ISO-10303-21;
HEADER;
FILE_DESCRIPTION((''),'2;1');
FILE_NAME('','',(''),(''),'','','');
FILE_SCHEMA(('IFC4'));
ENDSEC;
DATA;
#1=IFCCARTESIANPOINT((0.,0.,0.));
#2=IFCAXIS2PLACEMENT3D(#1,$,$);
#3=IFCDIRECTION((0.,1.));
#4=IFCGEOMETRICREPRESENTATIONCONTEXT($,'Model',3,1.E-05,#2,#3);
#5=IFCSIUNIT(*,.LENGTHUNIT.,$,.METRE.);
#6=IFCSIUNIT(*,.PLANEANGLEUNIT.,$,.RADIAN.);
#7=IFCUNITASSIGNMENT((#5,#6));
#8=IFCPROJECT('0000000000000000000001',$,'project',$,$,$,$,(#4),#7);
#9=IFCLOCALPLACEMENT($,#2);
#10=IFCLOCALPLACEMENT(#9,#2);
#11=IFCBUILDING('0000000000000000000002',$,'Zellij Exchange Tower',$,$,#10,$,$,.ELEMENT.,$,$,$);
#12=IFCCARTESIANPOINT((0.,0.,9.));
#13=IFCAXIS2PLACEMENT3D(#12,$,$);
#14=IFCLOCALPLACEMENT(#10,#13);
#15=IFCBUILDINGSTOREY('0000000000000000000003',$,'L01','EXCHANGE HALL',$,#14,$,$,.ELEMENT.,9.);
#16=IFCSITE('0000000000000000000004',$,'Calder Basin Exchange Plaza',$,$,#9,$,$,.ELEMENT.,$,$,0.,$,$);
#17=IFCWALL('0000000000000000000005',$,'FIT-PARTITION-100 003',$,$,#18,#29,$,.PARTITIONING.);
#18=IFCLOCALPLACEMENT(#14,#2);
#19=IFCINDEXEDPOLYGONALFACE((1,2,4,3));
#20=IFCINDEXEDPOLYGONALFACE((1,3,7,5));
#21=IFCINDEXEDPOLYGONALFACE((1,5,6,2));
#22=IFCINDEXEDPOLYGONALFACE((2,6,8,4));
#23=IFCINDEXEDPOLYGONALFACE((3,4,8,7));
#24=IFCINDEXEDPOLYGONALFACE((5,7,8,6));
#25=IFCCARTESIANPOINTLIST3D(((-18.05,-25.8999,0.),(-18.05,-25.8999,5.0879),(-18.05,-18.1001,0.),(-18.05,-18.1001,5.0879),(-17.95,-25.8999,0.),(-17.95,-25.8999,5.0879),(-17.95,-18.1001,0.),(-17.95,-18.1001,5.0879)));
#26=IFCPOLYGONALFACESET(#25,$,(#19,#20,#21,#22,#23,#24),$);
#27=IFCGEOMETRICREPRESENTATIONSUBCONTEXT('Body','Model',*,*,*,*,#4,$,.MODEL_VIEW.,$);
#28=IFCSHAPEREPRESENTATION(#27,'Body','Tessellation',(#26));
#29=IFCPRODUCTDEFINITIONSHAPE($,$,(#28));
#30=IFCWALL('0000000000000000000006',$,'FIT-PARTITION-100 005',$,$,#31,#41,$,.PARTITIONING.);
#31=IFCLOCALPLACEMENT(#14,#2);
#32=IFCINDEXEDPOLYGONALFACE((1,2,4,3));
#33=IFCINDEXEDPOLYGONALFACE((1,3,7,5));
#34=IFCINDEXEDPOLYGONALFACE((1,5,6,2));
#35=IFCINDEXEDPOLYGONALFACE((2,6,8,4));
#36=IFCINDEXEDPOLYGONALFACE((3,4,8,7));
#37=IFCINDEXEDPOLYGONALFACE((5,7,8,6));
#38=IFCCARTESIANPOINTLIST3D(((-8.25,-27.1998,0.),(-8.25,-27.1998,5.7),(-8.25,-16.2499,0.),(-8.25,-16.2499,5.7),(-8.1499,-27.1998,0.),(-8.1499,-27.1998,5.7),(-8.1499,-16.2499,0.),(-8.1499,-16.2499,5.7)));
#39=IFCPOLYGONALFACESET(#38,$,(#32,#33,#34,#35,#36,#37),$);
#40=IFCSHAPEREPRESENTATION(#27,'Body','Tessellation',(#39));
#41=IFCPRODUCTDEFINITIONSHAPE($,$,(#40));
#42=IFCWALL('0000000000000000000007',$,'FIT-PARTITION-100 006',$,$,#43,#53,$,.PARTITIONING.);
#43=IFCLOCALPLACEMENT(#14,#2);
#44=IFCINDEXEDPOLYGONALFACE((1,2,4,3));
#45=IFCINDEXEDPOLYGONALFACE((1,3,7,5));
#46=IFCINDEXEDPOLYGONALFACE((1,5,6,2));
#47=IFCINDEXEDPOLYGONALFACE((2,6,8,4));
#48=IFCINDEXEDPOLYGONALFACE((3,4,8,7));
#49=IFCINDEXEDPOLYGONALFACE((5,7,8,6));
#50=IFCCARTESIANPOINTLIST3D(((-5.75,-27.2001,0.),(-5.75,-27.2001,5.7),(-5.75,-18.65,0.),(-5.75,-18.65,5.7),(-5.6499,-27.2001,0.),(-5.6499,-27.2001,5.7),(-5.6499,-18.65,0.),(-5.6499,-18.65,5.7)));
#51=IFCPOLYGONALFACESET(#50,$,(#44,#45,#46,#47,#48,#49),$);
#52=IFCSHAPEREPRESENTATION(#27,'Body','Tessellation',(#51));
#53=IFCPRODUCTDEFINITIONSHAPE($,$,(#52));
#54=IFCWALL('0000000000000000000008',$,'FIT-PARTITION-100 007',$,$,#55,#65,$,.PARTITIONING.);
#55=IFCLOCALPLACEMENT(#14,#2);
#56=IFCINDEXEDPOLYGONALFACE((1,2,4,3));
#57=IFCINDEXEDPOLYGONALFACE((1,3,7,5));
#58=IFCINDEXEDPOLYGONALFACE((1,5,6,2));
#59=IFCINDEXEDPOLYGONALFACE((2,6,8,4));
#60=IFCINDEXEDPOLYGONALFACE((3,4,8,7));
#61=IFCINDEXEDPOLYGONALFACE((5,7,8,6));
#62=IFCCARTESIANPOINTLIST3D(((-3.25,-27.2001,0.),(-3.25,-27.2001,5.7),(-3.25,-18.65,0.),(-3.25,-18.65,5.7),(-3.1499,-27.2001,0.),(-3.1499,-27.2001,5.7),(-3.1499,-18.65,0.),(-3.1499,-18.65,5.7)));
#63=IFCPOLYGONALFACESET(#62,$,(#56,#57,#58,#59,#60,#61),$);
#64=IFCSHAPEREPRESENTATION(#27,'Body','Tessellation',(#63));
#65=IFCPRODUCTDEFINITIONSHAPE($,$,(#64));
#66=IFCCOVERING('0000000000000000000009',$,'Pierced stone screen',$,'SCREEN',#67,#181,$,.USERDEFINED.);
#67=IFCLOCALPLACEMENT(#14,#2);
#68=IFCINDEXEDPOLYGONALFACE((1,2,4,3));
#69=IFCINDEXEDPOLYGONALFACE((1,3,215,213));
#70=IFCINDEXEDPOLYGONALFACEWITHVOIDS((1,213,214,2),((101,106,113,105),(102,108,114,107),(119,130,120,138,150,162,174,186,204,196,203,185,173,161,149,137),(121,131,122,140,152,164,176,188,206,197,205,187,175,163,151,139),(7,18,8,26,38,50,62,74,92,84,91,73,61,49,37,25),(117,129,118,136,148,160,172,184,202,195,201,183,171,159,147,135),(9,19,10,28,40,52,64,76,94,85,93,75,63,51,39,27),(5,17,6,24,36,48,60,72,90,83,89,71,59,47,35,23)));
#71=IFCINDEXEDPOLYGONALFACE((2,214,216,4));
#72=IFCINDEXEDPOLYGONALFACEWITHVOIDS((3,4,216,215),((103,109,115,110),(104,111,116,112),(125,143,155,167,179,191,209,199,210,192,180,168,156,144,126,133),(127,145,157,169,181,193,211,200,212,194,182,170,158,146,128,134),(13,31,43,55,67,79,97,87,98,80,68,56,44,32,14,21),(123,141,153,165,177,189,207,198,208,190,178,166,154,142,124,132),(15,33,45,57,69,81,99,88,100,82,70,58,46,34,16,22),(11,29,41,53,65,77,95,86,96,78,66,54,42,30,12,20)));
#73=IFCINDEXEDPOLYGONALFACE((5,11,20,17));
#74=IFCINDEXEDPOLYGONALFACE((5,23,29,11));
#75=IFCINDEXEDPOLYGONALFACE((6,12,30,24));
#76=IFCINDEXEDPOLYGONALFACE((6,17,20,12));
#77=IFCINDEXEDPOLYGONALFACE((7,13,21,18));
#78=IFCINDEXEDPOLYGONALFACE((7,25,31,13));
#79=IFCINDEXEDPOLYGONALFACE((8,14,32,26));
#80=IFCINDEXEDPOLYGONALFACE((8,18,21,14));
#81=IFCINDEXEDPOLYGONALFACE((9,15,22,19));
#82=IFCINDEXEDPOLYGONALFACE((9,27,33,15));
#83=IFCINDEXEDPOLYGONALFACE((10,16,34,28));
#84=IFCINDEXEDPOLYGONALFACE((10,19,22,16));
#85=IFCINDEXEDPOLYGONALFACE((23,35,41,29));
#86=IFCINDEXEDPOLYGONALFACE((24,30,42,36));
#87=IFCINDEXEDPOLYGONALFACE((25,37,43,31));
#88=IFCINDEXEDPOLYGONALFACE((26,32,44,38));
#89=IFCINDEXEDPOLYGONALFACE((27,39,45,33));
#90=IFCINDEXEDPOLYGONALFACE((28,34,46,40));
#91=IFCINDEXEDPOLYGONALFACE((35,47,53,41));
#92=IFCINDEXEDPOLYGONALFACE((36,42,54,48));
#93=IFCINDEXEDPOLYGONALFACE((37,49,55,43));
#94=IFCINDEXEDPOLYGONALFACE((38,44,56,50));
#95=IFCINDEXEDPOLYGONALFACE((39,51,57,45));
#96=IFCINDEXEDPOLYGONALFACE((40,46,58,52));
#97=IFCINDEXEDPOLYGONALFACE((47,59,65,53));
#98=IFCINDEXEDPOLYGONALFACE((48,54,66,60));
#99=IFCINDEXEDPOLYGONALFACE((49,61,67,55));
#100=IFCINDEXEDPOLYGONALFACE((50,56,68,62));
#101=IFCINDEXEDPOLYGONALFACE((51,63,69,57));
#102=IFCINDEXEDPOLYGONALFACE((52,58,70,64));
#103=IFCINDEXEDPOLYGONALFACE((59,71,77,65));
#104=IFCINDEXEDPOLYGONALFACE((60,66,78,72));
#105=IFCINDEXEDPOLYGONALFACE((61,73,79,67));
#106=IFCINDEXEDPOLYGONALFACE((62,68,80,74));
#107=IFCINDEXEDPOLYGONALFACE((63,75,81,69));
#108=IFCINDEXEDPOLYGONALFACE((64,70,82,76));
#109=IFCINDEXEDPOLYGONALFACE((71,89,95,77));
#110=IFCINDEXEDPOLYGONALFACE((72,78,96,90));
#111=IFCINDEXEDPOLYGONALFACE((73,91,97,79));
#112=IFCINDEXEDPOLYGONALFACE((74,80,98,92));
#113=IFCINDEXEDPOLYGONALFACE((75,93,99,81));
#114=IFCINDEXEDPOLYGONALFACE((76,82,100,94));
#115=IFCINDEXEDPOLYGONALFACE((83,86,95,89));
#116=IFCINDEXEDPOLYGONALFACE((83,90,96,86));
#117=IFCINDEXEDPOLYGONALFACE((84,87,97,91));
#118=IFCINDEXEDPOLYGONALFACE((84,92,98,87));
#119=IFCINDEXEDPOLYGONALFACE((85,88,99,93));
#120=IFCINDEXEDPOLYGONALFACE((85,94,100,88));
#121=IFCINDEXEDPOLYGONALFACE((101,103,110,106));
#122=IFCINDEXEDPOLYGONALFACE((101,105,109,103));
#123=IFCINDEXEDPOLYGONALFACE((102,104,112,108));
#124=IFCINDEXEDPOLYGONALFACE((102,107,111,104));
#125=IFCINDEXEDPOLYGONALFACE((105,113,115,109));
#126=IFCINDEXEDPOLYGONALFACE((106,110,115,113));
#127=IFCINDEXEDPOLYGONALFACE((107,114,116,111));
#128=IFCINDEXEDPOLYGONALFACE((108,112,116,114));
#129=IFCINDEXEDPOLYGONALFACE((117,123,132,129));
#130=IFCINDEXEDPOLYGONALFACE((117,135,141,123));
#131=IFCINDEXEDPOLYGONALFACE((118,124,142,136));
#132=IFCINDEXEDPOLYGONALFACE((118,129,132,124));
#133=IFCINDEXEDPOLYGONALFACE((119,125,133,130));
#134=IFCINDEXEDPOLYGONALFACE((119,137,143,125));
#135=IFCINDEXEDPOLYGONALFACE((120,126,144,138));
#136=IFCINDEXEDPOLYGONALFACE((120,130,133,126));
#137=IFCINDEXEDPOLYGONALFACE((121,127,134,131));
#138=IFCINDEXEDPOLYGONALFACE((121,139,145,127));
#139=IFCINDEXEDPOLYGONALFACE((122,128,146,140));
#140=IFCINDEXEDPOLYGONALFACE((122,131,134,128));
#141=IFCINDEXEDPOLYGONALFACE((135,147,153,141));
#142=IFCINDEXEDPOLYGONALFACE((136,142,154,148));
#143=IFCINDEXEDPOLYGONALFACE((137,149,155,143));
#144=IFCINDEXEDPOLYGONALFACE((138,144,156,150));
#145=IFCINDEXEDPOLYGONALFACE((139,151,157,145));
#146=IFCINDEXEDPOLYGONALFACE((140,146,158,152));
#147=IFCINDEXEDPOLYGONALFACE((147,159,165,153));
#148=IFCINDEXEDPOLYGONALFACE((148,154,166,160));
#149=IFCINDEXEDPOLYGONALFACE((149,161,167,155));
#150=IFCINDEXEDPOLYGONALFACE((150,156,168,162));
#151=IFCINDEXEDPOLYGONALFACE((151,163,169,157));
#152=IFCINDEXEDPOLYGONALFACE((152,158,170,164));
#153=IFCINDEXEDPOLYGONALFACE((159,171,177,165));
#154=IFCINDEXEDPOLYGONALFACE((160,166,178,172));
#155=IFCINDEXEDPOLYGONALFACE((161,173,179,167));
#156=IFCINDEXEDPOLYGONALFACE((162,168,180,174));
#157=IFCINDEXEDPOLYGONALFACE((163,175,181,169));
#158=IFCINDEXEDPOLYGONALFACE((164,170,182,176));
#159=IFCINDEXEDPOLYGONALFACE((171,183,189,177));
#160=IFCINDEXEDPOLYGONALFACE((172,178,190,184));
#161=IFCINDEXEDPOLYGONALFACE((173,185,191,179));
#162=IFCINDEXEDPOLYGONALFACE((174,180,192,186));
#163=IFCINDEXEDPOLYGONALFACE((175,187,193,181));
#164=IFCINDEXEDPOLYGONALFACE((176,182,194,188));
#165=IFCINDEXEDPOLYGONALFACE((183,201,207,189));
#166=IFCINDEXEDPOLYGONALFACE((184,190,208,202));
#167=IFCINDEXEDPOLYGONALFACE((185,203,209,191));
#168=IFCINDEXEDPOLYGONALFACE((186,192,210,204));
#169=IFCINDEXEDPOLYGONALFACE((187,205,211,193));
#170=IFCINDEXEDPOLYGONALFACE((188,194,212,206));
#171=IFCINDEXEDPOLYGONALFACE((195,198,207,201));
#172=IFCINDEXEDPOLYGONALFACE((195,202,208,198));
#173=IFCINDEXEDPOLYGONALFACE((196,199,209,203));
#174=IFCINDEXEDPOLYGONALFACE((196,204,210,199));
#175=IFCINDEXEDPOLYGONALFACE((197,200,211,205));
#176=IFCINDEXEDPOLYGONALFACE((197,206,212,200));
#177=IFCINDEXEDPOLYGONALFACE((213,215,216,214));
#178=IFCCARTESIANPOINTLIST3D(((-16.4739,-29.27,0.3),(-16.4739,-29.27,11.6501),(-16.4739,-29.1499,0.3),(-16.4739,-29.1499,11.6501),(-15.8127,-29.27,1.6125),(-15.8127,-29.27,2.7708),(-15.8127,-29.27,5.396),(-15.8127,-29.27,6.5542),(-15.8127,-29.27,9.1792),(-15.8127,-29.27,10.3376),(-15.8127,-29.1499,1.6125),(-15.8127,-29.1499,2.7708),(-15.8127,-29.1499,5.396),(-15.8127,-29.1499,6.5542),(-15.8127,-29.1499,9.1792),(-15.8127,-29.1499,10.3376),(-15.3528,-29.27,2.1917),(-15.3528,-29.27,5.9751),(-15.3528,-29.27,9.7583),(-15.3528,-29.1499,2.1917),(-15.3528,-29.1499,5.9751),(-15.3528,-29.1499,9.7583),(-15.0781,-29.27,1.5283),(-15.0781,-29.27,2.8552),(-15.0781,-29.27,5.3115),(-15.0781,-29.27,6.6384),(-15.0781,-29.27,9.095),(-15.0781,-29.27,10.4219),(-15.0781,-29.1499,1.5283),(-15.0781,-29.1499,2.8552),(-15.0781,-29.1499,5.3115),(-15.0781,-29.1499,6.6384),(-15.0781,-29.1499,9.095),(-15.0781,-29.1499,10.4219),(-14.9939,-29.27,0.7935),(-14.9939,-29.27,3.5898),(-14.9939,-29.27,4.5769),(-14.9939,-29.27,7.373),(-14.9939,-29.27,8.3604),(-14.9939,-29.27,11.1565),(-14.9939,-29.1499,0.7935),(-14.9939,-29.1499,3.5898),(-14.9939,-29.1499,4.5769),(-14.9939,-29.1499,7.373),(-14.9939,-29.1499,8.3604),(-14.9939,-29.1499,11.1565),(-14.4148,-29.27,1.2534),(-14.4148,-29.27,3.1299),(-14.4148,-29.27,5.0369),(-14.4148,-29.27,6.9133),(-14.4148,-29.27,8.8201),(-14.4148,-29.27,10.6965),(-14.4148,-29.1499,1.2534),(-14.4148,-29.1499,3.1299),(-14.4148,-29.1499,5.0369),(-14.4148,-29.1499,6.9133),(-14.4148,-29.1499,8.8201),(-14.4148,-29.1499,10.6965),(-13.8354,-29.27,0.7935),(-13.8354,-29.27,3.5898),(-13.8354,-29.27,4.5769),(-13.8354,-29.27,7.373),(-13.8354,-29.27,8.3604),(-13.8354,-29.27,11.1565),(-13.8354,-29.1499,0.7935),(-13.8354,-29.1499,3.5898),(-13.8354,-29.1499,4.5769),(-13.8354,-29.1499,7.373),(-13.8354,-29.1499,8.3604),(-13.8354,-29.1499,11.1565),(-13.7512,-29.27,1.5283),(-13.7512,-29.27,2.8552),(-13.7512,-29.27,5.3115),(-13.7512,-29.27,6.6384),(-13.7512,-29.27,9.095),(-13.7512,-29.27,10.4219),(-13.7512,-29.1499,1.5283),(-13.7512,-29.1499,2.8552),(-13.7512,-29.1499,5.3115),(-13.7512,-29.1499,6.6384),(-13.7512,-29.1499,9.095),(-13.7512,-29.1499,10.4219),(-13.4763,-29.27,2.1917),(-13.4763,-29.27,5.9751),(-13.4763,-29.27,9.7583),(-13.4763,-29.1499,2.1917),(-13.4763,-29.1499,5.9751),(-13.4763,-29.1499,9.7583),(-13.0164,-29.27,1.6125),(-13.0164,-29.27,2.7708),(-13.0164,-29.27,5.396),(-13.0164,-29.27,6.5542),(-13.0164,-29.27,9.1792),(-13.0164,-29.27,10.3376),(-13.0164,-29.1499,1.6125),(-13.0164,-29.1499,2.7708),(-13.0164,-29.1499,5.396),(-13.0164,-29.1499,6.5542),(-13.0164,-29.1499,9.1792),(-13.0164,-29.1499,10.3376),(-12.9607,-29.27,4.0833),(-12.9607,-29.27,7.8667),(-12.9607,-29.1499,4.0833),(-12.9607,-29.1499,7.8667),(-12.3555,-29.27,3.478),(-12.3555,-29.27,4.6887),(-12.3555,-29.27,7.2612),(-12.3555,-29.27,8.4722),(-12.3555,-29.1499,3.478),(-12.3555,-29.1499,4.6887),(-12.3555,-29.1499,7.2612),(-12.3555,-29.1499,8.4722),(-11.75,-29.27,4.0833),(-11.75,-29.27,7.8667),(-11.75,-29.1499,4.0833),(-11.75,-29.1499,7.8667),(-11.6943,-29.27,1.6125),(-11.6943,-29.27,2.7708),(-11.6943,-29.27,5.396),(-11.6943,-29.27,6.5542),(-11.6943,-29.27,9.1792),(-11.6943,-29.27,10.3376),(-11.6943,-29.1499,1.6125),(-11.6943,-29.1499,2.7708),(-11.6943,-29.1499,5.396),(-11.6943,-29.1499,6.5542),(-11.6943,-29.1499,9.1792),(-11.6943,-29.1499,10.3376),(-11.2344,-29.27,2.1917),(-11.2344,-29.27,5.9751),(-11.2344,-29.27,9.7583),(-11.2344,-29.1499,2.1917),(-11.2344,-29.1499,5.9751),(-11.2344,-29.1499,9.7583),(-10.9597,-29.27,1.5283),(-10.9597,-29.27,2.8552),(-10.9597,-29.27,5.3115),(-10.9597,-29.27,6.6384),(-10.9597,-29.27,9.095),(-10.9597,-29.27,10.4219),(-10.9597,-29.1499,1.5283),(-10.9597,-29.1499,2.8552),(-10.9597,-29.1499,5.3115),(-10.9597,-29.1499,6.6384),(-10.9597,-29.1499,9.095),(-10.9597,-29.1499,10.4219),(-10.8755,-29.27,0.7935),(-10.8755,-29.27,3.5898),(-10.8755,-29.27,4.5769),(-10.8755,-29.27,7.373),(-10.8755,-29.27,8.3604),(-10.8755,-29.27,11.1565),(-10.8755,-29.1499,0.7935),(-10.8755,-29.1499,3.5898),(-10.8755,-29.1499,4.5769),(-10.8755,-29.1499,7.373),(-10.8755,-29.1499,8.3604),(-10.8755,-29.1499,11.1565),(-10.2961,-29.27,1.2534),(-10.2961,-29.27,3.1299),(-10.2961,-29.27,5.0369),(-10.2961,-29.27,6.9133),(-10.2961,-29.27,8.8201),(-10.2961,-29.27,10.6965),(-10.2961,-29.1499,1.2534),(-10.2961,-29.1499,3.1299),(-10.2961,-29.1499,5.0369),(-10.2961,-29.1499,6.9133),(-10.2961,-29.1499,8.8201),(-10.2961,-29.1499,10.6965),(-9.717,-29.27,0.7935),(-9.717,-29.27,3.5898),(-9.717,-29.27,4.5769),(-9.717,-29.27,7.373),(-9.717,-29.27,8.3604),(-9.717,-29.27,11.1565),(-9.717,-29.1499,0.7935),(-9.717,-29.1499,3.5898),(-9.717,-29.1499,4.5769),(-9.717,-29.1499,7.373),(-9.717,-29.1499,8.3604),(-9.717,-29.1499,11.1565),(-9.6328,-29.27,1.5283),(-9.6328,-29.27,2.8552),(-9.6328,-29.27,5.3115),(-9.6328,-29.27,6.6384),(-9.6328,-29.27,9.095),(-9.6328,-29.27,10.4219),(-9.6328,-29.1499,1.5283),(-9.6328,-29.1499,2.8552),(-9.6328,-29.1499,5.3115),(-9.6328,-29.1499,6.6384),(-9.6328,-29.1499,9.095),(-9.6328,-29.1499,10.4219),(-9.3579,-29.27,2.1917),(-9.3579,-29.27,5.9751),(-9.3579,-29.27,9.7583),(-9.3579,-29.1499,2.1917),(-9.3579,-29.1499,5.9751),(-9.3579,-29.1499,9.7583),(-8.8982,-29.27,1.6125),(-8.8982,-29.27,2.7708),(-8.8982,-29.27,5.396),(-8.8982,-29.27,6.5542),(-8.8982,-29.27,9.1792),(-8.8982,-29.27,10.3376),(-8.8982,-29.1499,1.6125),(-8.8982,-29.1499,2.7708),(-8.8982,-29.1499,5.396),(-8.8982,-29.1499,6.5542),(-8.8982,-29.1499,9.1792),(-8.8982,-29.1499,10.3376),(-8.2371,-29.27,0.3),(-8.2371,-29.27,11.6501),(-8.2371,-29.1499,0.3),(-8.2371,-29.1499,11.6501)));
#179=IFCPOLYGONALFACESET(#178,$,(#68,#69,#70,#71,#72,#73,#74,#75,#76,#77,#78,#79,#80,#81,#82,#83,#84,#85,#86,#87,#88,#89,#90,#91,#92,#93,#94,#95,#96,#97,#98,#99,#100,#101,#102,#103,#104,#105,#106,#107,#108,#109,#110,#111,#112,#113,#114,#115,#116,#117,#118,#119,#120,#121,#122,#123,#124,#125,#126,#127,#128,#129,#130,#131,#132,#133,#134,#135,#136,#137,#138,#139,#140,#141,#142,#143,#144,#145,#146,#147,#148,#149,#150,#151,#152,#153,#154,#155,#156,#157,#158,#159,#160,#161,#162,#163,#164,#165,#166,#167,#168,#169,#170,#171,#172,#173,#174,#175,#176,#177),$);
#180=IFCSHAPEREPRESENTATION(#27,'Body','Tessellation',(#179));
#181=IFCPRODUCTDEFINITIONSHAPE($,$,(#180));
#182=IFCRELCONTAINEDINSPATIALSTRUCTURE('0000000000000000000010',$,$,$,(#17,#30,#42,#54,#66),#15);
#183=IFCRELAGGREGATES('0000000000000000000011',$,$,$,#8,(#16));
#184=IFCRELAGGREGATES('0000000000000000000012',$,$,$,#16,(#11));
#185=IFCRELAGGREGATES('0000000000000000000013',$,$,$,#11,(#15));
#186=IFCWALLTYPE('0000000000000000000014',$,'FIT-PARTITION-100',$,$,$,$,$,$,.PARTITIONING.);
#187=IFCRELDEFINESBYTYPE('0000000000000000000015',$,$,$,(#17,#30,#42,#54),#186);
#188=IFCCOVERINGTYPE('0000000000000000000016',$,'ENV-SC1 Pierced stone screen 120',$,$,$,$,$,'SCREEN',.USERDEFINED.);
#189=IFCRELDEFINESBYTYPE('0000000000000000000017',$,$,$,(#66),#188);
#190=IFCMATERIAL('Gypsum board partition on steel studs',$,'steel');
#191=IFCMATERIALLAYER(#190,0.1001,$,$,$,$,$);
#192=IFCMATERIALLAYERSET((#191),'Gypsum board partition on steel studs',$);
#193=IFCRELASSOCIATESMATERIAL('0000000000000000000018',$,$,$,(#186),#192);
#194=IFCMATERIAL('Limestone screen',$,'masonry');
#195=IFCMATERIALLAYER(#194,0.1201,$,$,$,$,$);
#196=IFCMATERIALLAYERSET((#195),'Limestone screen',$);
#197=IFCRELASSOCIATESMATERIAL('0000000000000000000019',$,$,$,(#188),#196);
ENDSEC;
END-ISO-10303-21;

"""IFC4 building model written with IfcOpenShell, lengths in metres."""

from ifc_helpers import new_model, si_unit, direction, frame, frame_2d, origin, place, context, subcontext, project, spatial, polyline, rectangle, outline, extrude, material, layer, layer_set, type_object, element, save


model = new_model("IFC4")

# Units and contexts
model_context = context("Model", 3, precision=1e-05, world=origin(), true_north=direction((0.0, 1.0)))
body_context = subcontext(model_context, "Body", "Model", "MODEL_VIEW")
ifc_project = project(units=[si_unit("LENGTHUNIT", "METRE"), si_unit("PLANEANGLEUNIT", "RADIAN")], contexts=[model_context])

# Site, building, storey
site_placement = place(None, origin())
site = spatial("IfcSite", under=ifc_project, at=site_placement, Name="Calder Basin Exchange Plaza", CompositionType="ELEMENT", RefElevation=0.0)
building_placement = place(site_placement, origin())
building = spatial("IfcBuilding", under=site, at=building_placement, Name="Zellij Exchange Tower", CompositionType="ELEMENT")
storey_placement = place(building_placement, frame((0.0, 0.0, 9.0)))
storey = spatial("IfcBuildingStorey", under=building, at=storey_placement, Name="L01", Description="EXCHANGE HALL", CompositionType="ELEMENT", Elevation=9.0)

# Walls
ifc_material_1 = material(Name="Gypsum board partition on steel studs", Category="steel")
ifc_layer_1 = layer(ifc_material_1, 0.1001)
ifc_layer_set_1 = layer_set([ifc_layer_1], Name="Gypsum board partition on steel studs")
wall_type_1 = type_object("IfcWallType", Name="FIT-PARTITION-100", PredefinedType="PARTITIONING", material=ifc_layer_set_1)
wall_1_placement = place(storey_placement, frame((-18.0, -25.8999, 0.0), z_axis=(0.0, 0.0, 1.0), x_axis=(0.0, 1.0, 0.0)))
element("IfcWall", 1, at=wall_1_placement, inside=storey, type_object=wall_type_1, Name="FIT-PARTITION-100 003", PredefinedType="PARTITIONING", context=body_context, shape_type="SweptSolid", body=[
    extrude(rectangle(XDim=7.7998, YDim=0.1001, at=frame_2d((3.8999, 0.0))), origin(), (0.0, 0.0, 1.0), 5.0879),
])
wall_2_placement = place(storey_placement, frame((-8.2, -27.2, 0.0), z_axis=(0.0, 0.0, 1.0), x_axis=(0.0, 1.0, 0.0)))
element("IfcWall", 2, at=wall_2_placement, inside=storey, type_object=wall_type_1, Name="FIT-PARTITION-100 005", PredefinedType="PARTITIONING", context=body_context, shape_type="SweptSolid", body=[
    extrude(rectangle(XDim=10.95, YDim=0.1001, at=frame_2d((5.4751, 0.0))), origin(), (0.0, 0.0, 1.0), 5.7),
])
for number, where, z_axis, x_axis, name in (
    (3, (-5.7, -27.2, 0.0), (0.0, 0.0, 1.0), (0.0, 1.0, 0.0), "FIT-PARTITION-100 006"),
    (4, (-3.2, -27.2, 0.0), (0.0, 0.0, 1.0), (0.0, 1.0, 0.0), "FIT-PARTITION-100 007"),
):
    element("IfcWall", number, at=place(storey_placement, frame(where, z_axis=z_axis, x_axis=x_axis)), inside=storey, type_object=wall_type_1, Name=name, PredefinedType="PARTITIONING", context=body_context, shape_type="SweptSolid", body=[
        extrude(rectangle(XDim=8.55, YDim=0.1001, at=frame_2d((4.2749, 0.0))), origin(), (0.0, 0.0, 1.0), 5.7),
    ])

# Covering
ifc_material_2 = material(Name="Limestone screen", Category="masonry")
ifc_layer_2 = layer(ifc_material_2, 0.1201)
ifc_layer_set_2 = layer_set([ifc_layer_2], Name="Limestone screen")
covering_type = type_object("IfcCoveringType", Name="ENV-SC1 Pierced stone screen 120", ElementType="SCREEN", PredefinedType="USERDEFINED", material=ifc_layer_set_2)
covering_1_placement = place(storey_placement, frame((-16.4739, -29.21, 0.3), z_axis=(0.0, 0.0, 1.0), x_axis=(1.0, 0.0, 0.0)))
element("IfcCovering", 5, at=covering_1_placement, inside=storey, type_object=covering_type, Name="Pierced stone screen", ObjectType="SCREEN", PredefinedType="USERDEFINED", context=body_context, shape_type="SweptSolid", body=[
    extrude(outline(polyline([(0.0, 0.0), (8.2368, 0.0), (8.2368, 11.3501), (0.0, 11.3501), (0.0, 0.0)]), holes=[polyline([(3.4575, 2.4707), (2.7227, 2.5552), (2.6384, 3.2898), (2.0591, 2.8298), (1.48, 3.2898), (1.3958, 2.5552), (0.6611, 2.4707), (1.1211, 1.8916), (0.6611, 1.3125), (1.3958, 1.2283), (1.48, 0.4934), (2.0591, 0.9534), (2.6384, 0.4934), (2.7227, 1.2283), (3.4575, 1.3125), (2.9976, 1.8916), (3.4575, 2.4707)]), polyline([(3.4575, 6.2542), (2.7227, 6.3384), (2.6384, 7.073), (2.0591, 6.6133), (1.48, 7.073), (1.3958, 6.3384), (0.6611, 6.2542), (1.1211, 5.675), (0.6611, 5.0959), (1.3958, 5.0115), (1.48, 4.2769), (2.0591, 4.7368), (2.6384, 4.2769), (2.7227, 5.0115), (3.4575, 5.0959), (2.9976, 5.675), (3.4575, 6.2542)]), polyline([(3.4575, 10.0376), (2.7227, 10.1218), (2.6384, 10.8564), (2.0591, 10.3965), (1.48, 10.8564), (1.3958, 10.1218), (0.6611, 10.0376), (1.1211, 9.4583), (0.6611, 8.8792), (1.3958, 8.7949), (1.48, 8.0603), (2.0591, 8.52), (2.6384, 8.0603), (2.7227, 8.7949), (3.4575, 8.8792), (2.9976, 9.4583), (3.4575, 10.0376)]), polyline([(7.5757, 2.4707), (6.8411, 2.5552), (6.7568, 3.2898), (6.1777, 2.8298), (5.5984, 3.2898), (5.5142, 2.5552), (4.7795, 2.4707), (5.2395, 1.8916), (4.7795, 1.3125), (5.5142, 1.2283), (5.5984, 0.4934), (6.1777, 0.9534), (6.7568, 0.4934), (6.8411, 1.2283), (7.5757, 1.3125), (7.116, 1.8916), (7.5757, 2.4707)]), polyline([(7.5757, 6.2542), (6.8411, 6.3384), (6.7568, 7.073), (6.1777, 6.6133), (5.5984, 7.073), (5.5142, 6.3384), (4.7795, 6.2542), (5.2395, 5.675), (4.7795, 5.0959), (5.5142, 5.0115), (5.5984, 4.2769), (6.1777, 4.7368), (6.7568, 4.2769), (6.8411, 5.0115), (7.5757, 5.0959), (7.116, 5.675), (7.5757, 6.2542)]), polyline([(7.5757, 10.0376), (6.8411, 10.1218), (6.7568, 10.8564), (6.1777, 10.3965), (5.5984, 10.8564), (5.5142, 10.1218), (4.7795, 10.0376), (5.2395, 9.4583), (4.7795, 8.8792), (5.5142, 8.7949), (5.5984, 8.0603), (6.1777, 8.52), (6.7568, 8.0603), (6.8411, 8.7949), (7.5757, 8.8792), (7.116, 9.4583), (7.5757, 10.0376)]), polyline([(4.7239, 3.7832), (4.1184, 4.3887), (3.5132, 3.7832), (4.1184, 3.178), (4.7239, 3.7832)]), polyline([(4.7239, 7.5667), (4.1184, 8.1721), (3.5132, 7.5667), (4.1184, 6.9612), (4.7239, 7.5667)])]), frame((0.0, 0.0601, 0.0), z_axis=(0.0, -1.0, 0.0), x_axis=(1.0, 0.0, 0.0)), (0.0, 0.0, 1.0), 0.1201),
])

save(model, "model.ifc")
